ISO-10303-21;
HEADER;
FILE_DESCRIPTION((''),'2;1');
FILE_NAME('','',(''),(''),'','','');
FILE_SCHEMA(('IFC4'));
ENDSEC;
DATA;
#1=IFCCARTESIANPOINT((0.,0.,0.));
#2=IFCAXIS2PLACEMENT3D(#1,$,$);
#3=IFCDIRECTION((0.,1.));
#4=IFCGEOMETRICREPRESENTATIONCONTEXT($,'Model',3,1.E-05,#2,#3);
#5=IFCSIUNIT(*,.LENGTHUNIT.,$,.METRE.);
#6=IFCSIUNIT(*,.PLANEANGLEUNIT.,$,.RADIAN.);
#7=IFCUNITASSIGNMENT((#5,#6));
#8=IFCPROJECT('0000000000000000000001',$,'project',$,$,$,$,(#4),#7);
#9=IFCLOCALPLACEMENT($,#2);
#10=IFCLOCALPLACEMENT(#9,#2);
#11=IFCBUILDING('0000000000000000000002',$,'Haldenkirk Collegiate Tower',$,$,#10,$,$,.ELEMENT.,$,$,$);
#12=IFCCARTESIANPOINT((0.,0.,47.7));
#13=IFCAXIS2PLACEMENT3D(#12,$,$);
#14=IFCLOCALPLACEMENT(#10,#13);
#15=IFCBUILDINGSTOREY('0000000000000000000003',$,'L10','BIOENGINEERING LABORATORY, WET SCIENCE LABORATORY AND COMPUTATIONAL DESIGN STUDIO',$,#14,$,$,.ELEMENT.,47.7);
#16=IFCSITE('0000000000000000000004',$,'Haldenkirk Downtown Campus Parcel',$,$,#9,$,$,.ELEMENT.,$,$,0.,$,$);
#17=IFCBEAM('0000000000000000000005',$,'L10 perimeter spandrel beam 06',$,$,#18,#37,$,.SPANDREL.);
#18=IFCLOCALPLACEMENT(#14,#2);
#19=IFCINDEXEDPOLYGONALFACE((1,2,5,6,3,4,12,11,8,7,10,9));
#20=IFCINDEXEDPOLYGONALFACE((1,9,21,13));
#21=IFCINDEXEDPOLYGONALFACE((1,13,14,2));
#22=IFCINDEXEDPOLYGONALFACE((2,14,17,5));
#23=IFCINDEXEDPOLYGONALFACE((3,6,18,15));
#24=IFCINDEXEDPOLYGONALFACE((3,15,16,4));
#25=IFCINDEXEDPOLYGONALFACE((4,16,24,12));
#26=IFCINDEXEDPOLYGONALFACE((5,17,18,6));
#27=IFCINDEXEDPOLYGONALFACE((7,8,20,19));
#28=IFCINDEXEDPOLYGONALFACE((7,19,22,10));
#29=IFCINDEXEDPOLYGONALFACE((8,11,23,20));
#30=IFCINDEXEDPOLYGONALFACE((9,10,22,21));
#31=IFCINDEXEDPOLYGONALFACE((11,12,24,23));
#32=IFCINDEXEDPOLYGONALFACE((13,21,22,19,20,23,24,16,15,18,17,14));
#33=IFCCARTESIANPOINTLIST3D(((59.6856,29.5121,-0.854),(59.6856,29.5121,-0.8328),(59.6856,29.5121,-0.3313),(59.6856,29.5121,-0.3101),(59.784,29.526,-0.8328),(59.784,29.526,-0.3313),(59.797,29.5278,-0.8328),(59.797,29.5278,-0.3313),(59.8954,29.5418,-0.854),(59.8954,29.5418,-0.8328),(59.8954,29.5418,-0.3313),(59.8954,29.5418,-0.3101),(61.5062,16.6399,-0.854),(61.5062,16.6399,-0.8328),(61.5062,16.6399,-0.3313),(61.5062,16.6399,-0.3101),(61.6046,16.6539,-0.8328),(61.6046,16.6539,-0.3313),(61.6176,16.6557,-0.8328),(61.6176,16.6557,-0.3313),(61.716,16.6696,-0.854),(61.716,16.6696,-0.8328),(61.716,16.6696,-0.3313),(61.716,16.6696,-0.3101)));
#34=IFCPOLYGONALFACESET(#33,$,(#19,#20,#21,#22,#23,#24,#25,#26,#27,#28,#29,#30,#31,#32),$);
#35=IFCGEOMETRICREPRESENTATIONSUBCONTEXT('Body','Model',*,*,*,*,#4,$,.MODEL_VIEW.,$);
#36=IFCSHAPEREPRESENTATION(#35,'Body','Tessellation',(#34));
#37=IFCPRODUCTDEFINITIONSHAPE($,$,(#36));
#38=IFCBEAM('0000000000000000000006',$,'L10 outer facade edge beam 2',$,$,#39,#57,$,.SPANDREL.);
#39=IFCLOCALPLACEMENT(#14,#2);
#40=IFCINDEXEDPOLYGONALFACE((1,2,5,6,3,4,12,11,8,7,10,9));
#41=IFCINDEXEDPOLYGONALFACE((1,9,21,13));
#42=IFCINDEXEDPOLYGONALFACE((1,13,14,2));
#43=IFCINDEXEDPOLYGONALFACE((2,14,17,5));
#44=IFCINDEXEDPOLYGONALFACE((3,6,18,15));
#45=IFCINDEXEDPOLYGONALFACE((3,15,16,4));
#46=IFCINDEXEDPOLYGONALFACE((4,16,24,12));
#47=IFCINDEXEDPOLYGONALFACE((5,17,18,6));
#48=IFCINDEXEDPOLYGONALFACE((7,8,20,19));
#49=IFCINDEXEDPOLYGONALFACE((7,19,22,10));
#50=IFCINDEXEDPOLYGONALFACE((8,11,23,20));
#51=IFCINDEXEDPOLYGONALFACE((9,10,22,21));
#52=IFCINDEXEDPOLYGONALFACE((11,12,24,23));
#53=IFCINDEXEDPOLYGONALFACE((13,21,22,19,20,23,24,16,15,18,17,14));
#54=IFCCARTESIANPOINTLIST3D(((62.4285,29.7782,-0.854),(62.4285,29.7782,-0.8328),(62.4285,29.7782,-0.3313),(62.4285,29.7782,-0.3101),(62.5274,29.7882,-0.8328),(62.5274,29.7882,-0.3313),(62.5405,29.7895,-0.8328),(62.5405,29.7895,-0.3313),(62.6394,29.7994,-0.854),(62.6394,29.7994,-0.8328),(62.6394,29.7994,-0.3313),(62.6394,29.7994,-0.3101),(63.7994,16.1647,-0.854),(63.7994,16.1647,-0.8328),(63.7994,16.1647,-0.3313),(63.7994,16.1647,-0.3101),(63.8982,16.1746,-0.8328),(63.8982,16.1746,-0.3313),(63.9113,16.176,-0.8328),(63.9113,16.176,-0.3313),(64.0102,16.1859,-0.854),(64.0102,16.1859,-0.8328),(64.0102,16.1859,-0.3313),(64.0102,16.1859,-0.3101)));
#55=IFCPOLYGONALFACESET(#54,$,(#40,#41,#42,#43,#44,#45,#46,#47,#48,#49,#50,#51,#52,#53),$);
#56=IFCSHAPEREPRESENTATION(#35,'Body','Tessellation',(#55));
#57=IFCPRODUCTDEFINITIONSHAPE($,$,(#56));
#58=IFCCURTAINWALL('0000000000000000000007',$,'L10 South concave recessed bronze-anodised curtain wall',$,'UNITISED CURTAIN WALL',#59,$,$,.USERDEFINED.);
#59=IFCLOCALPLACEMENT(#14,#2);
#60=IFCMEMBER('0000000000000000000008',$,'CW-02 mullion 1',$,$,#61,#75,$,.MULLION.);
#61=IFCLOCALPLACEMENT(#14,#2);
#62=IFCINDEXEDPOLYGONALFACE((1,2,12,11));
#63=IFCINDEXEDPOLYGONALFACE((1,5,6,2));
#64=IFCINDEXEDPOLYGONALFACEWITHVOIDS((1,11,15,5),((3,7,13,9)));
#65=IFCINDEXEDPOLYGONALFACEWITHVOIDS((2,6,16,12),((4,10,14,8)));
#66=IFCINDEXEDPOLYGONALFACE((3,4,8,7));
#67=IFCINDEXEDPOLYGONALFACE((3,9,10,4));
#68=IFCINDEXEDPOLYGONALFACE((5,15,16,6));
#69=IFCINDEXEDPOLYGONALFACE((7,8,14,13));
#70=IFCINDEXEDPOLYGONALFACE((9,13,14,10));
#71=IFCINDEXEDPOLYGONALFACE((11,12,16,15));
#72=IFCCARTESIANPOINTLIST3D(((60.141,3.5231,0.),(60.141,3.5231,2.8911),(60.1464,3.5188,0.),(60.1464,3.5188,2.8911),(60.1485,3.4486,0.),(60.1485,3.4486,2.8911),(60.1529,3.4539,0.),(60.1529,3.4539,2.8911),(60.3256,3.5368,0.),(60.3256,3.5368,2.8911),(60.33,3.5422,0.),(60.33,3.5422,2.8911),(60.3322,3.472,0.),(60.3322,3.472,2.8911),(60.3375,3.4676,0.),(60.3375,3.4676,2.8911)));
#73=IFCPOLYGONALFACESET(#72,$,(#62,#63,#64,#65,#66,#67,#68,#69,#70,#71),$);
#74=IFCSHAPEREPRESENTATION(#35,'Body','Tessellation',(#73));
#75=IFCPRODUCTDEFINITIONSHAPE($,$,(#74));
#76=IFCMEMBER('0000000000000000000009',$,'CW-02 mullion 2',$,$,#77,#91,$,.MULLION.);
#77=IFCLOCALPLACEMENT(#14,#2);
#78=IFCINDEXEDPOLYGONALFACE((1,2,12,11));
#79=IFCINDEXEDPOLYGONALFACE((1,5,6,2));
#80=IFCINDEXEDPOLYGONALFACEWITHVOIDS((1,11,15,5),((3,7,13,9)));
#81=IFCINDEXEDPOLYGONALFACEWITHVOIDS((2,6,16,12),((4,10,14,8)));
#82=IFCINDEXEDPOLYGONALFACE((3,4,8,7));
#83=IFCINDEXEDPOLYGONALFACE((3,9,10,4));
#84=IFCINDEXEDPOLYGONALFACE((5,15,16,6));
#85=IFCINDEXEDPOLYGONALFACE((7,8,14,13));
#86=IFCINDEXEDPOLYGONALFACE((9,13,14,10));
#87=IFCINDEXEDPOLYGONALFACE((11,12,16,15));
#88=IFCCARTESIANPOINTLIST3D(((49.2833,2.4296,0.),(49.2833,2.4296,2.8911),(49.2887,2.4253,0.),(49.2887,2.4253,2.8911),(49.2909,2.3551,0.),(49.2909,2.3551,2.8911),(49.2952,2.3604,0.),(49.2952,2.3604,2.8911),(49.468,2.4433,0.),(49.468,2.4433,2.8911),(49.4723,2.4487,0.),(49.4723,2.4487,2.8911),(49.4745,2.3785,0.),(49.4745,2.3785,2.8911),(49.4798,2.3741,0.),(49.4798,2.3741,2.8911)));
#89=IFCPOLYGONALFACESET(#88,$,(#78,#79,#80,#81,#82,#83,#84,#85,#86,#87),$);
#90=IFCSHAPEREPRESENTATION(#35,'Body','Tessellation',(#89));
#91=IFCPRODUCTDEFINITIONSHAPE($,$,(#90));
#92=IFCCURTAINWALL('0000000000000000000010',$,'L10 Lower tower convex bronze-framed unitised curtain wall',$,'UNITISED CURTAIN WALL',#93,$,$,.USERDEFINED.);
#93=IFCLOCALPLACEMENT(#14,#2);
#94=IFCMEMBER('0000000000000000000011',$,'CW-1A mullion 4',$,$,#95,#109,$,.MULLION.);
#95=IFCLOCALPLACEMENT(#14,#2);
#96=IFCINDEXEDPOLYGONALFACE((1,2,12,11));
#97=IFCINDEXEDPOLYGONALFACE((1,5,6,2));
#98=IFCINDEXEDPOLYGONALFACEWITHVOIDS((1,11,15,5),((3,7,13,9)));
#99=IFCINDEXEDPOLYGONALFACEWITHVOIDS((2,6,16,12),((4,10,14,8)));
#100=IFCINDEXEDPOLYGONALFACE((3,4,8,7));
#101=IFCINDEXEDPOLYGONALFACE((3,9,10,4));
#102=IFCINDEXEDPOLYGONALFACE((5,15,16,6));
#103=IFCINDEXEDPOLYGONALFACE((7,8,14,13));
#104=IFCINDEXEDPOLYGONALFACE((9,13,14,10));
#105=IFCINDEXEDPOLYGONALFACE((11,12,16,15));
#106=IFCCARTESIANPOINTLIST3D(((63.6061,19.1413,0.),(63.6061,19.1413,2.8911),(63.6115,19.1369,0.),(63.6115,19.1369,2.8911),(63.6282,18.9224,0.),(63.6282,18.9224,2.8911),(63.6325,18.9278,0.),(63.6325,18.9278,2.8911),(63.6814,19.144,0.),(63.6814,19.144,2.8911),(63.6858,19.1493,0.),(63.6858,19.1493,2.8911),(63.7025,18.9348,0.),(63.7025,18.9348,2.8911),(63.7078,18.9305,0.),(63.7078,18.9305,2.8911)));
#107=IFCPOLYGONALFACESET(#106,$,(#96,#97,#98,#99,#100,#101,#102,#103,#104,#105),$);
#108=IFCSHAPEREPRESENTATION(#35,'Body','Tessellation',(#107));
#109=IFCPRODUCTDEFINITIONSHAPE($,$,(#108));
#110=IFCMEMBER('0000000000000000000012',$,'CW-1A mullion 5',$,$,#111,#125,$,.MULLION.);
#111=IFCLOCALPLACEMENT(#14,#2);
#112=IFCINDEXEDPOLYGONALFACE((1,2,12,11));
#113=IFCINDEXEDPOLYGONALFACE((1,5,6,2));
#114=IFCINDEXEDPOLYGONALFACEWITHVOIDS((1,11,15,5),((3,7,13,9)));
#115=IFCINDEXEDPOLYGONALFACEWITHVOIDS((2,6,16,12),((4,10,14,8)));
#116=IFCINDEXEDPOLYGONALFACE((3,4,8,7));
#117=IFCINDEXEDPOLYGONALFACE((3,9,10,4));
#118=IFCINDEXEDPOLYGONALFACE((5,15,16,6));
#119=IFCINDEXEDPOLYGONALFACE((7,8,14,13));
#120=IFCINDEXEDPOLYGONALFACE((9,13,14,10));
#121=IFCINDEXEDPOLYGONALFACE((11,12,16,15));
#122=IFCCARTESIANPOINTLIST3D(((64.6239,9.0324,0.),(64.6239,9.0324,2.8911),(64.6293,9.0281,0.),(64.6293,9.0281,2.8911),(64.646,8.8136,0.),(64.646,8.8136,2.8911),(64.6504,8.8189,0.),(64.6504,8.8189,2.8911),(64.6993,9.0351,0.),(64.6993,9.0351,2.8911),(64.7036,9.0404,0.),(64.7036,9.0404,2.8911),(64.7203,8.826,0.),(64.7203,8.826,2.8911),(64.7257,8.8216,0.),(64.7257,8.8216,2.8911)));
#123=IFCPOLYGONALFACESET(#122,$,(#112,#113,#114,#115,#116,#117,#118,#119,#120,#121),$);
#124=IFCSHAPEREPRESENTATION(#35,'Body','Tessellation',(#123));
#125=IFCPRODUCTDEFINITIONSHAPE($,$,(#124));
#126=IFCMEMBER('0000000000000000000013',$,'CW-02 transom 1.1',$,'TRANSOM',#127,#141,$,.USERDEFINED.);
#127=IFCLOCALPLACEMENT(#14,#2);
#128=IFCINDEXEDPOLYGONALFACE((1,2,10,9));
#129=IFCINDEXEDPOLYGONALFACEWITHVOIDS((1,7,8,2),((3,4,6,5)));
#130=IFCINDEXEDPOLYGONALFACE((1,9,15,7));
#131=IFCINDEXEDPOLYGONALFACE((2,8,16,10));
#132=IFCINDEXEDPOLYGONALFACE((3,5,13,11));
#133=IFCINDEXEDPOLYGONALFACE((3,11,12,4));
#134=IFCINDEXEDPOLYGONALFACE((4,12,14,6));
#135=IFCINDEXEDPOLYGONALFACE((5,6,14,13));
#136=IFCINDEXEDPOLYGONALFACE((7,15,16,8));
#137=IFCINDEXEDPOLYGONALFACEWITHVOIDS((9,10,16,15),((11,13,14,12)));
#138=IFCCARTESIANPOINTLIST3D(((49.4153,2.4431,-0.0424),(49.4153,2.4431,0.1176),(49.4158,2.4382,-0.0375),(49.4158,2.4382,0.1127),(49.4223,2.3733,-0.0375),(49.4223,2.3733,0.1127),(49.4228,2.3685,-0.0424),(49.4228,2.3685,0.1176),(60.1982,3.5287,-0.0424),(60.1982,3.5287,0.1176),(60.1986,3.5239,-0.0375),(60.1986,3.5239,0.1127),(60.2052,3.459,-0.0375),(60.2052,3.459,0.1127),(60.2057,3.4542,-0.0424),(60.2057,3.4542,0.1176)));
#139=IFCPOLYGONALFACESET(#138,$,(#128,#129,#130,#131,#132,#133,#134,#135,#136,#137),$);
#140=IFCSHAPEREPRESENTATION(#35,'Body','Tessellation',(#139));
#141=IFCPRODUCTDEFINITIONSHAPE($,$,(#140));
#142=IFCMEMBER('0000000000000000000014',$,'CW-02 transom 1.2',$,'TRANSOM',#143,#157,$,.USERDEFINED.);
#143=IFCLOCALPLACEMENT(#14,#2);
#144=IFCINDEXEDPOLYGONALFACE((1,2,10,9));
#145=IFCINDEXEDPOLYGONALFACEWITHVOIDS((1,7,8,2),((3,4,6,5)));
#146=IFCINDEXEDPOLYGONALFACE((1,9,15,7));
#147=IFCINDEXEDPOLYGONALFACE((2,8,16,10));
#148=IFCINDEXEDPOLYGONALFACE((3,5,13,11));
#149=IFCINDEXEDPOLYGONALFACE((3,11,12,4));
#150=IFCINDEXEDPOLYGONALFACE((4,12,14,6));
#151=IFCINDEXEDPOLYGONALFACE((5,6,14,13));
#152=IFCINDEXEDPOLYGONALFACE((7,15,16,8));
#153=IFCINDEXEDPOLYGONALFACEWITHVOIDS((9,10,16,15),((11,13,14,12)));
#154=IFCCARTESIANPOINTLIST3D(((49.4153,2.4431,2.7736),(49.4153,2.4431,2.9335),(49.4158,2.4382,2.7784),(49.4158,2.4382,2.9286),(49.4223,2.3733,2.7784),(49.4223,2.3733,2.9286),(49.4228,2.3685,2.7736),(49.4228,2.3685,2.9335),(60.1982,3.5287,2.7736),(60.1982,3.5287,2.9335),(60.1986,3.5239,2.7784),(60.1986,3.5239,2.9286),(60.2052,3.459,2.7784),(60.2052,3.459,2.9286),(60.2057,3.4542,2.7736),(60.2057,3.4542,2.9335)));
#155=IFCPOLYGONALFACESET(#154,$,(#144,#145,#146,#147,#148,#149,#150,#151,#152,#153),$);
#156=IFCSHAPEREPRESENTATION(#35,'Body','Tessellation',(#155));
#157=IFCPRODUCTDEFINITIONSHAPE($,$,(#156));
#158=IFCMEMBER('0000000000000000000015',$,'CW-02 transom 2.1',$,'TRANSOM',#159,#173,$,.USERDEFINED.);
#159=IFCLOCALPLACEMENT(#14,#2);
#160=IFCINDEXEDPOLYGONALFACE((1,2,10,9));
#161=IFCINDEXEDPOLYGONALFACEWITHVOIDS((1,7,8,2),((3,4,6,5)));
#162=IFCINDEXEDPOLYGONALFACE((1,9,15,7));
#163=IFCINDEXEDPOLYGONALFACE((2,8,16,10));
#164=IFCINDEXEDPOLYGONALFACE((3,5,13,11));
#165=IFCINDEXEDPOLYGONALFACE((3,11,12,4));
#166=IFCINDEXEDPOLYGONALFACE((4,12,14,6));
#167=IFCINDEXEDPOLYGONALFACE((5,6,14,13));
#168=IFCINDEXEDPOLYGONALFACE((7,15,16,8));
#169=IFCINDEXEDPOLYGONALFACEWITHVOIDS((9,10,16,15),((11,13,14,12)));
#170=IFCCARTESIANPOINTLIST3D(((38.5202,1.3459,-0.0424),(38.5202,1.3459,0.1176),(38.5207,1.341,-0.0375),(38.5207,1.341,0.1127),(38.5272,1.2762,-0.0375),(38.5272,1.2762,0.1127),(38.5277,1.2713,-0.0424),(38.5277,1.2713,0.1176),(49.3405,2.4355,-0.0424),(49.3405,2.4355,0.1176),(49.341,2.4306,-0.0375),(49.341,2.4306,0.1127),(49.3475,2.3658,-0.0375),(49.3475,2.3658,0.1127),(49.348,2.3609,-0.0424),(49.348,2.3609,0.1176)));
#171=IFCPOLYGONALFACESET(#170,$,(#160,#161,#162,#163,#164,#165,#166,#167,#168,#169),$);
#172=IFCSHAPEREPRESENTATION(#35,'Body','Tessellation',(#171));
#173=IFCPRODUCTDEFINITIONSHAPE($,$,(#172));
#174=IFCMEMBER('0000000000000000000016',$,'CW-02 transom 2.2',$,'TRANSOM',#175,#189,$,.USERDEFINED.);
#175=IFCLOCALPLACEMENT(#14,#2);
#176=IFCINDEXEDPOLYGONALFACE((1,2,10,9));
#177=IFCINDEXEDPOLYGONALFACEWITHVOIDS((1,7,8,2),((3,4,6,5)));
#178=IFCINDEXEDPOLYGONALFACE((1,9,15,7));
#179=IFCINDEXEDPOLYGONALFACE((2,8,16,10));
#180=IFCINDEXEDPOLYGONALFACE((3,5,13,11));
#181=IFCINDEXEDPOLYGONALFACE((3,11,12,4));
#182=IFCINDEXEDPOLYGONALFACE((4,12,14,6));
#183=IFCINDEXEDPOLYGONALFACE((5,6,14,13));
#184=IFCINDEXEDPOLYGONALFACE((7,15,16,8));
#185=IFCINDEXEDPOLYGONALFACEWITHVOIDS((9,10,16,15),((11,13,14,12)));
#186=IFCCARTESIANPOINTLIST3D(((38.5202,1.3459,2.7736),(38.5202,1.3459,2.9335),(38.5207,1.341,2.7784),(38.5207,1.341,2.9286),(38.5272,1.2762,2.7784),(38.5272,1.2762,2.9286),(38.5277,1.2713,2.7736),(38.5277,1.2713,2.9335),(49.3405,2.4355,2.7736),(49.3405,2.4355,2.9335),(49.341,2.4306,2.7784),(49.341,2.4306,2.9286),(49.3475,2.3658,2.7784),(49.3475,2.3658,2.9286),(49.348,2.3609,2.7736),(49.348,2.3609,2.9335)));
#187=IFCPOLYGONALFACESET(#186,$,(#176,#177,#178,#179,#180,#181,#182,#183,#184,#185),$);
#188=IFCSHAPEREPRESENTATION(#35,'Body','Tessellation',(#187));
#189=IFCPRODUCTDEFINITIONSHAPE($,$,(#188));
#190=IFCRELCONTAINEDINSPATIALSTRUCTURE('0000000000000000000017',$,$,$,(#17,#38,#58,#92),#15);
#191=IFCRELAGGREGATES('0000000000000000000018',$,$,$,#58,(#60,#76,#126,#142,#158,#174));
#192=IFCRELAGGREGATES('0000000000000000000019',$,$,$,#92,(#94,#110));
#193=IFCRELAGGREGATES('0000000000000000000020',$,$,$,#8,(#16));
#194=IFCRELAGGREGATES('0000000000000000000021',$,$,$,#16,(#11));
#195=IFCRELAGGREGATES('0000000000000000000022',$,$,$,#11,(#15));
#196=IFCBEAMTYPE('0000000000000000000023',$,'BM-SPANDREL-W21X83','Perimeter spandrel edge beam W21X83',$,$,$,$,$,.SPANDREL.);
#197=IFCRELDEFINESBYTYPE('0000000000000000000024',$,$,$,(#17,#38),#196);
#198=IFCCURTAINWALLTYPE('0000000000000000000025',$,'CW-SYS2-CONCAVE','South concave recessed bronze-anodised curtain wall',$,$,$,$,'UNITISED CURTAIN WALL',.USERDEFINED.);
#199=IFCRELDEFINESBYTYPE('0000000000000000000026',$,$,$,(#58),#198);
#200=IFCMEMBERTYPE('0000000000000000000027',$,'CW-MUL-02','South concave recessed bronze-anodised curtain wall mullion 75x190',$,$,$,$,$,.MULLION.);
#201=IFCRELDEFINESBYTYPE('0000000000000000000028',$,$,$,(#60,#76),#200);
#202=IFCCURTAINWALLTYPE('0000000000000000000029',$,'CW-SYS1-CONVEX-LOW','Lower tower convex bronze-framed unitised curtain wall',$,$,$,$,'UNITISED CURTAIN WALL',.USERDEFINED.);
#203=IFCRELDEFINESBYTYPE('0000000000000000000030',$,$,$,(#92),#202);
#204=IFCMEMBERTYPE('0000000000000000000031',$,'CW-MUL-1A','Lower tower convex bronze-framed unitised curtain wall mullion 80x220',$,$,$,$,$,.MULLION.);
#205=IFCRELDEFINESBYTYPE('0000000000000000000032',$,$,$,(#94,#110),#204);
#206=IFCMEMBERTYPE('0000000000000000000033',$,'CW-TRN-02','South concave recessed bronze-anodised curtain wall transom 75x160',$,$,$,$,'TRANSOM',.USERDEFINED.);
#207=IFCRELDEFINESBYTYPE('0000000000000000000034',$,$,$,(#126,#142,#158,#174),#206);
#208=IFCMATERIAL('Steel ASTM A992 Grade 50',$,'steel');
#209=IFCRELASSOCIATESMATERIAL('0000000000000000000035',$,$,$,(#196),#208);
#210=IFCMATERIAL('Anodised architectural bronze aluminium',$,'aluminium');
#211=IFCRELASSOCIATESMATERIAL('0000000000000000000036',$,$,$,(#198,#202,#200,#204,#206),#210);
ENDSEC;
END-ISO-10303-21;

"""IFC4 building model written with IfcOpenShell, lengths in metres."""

from ifc_helpers import new_model, si_unit, direction, frame, origin, origin_2d, place, context, subcontext, project, spatial, hollow_rectangle, i_section, extrude, material, material_profile, profile_set, type_object, element, aggregate, save


model = new_model("IFC4")

# Units and contexts
model_context = context("Model", 3, precision=1e-05, world=origin(), true_north=direction((0.0, 1.0)))
body_context = subcontext(model_context, "Body", "Model", "MODEL_VIEW")
ifc_project = project(units=[si_unit("LENGTHUNIT", "METRE"), si_unit("PLANEANGLEUNIT", "RADIAN")], contexts=[model_context])

# Site, building, storey
site_placement = place(None, origin())
site = spatial("IfcSite", under=ifc_project, at=site_placement, Name="Haldenkirk Downtown Campus Parcel", CompositionType="ELEMENT", RefElevation=0.0)
building_placement = place(site_placement, origin())
building = spatial("IfcBuilding", under=site, at=building_placement, Name="Haldenkirk Collegiate Tower", CompositionType="ELEMENT")
storey_placement = place(building_placement, frame((0.0, 0.0, 47.7)))
storey = spatial("IfcBuildingStorey", under=building, at=storey_placement, Name="L10", Description="BIOENGINEERING LABORATORY, WET SCIENCE LABORATORY AND COMPUTATIONAL DESIGN STUDIO", CompositionType="ELEMENT", Elevation=47.7)

# Beams
ifc_material_1 = material(Name="Steel ASTM A992 Grade 50", Category="steel")
ifc_material_profile_1 = material_profile(ifc_material_1, i_section(OverallWidth=0.2119, OverallDepth=0.5439, WebThickness=0.0132, FlangeThickness=0.0212, at=origin_2d()), Name="W21X83")
ifc_profile_set_1 = profile_set([ifc_material_profile_1], Name="Steel ASTM A992 Grade 50")
beam_type_1 = type_object("IfcBeamType", Name="BM-SPANDREL-W21X83", Description="Perimeter spandrel edge beam W21X83", PredefinedType="SPANDREL", material=ifc_profile_set_1)
beam_1_placement = place(storey_placement, frame((61.6111, 16.6548, -0.582), z_axis=(-0.140041, 0.990146, 0.0), x_axis=(-0.990146, -0.140041, 0.0)))
element("IfcBeam", 1, at=beam_1_placement, inside=storey, type_object=beam_type_1, Name="L10 perimeter spandrel beam 06", PredefinedType="SPANDREL", context=body_context, shape_type="SweptSolid", body=[
    extrude(i_section(OverallWidth=0.2119, OverallDepth=0.5439, WebThickness=0.0132, FlangeThickness=0.0212, at=origin_2d()), origin(), (0.0, 0.0, 1.0), 13.0002),
])
beam_2_placement = place(storey_placement, frame((63.9048, 16.1753, -0.582), z_axis=(-0.100191, 0.994968, 0.0), x_axis=(-0.994968, -0.100191, 0.0)))
element("IfcBeam", 2, at=beam_2_placement, inside=storey, type_object=beam_type_1, Name="L10 outer facade edge beam 2", PredefinedType="SPANDREL", context=body_context, shape_type="SweptSolid", body=[
    extrude(i_section(OverallWidth=0.2119, OverallDepth=0.5439, WebThickness=0.0132, FlangeThickness=0.0212, at=origin_2d()), origin(), (0.0, 0.0, 1.0), 13.6824),
])

# Curtain walls, members
ifc_material_2 = material(Name="Anodised architectural bronze aluminium", Category="aluminium")
curtain_wall_type_1 = type_object("IfcCurtainWallType", Name="CW-SYS2-CONCAVE", Description="South concave recessed bronze-anodised curtain wall", ElementType="UNITISED CURTAIN WALL", PredefinedType="USERDEFINED", material=ifc_material_2)
curtain_wall_1_placement = place(storey_placement, origin())
curtain_wall_1 = element("IfcCurtainWall", 3, at=curtain_wall_1_placement, inside=storey, type_object=curtain_wall_type_1, Name="L10 South concave recessed bronze-anodised curtain wall", ObjectType="UNITISED CURTAIN WALL", PredefinedType="USERDEFINED")
ifc_material_profile_2 = material_profile(ifc_material_2, hollow_rectangle(XDim=0.075, YDim=0.1899, WallThickness=0.0049, at=origin_2d()), Name="CW-MUL-02")
ifc_profile_set_2 = profile_set([ifc_material_profile_2], Name="Anodised architectural bronze aluminium")
member_type_1 = type_object("IfcMemberType", Name="CW-MUL-02", Description="South concave recessed bronze-anodised curtain wall mullion 75x190", PredefinedType="MULLION", material=ifc_profile_set_2)
member_1_placement = place(storey_placement, frame((60.2393, 3.4954, 0.0), z_axis=(0.0, 0.0, 1.0), x_axis=(0.100187, -0.994969, 0.0)))
member_1 = element("IfcMember", 4, at=member_1_placement, type_object=member_type_1, Name="CW-02 mullion 1", PredefinedType="MULLION", context=body_context, shape_type="SweptSolid", body=[
    extrude(hollow_rectangle(XDim=0.075, YDim=0.1899, WallThickness=0.0049, at=origin_2d()), origin(), (0.0, 0.0, 1.0), 2.8911),
])
member_2_placement = place(storey_placement, frame((49.3816, 2.4019, 0.0), z_axis=(0.0, 0.0, 1.0), x_axis=(0.100187, -0.994969, 0.0)))
member_2 = element("IfcMember", 5, at=member_2_placement, type_object=member_type_1, Name="CW-02 mullion 2", PredefinedType="MULLION", context=body_context, shape_type="SweptSolid", body=[
    extrude(hollow_rectangle(XDim=0.075, YDim=0.1899, WallThickness=0.0049, at=origin_2d()), origin(), (0.0, 0.0, 1.0), 2.8911),
])
curtain_wall_type_2 = type_object("IfcCurtainWallType", Name="CW-SYS1-CONVEX-LOW", Description="Lower tower convex bronze-framed unitised curtain wall", ElementType="UNITISED CURTAIN WALL", PredefinedType="USERDEFINED", material=ifc_material_2)
curtain_wall_2_placement = place(storey_placement, origin())
curtain_wall_2 = element("IfcCurtainWall", 6, at=curtain_wall_2_placement, inside=storey, type_object=curtain_wall_type_2, Name="L10 Lower tower convex bronze-framed unitised curtain wall", ObjectType="UNITISED CURTAIN WALL", PredefinedType="USERDEFINED")
ifc_material_profile_3 = material_profile(ifc_material_2, hollow_rectangle(XDim=0.0801, YDim=0.22, WallThickness=0.0049, at=origin_2d()), Name="CW-MUL-1A")
ifc_profile_set_3 = profile_set([ifc_material_profile_3], Name="Anodised architectural bronze aluminium")
member_type_2 = type_object("IfcMemberType", Name="CW-MUL-1A", Description="Lower tower convex bronze-framed unitised curtain wall mullion 80x220", PredefinedType="MULLION", material=ifc_profile_set_3)
member_3_placement = place(storey_placement, frame((63.657, 19.0359, 0.0), z_axis=(0.0, 0.0, 1.0), x_axis=(0.994969, 0.100186, 0.0)))
member_3 = element("IfcMember", 7, at=member_3_placement, type_object=member_type_2, Name="CW-1A mullion 4", PredefinedType="MULLION", context=body_context, shape_type="SweptSolid", body=[
    extrude(hollow_rectangle(XDim=0.0801, YDim=0.22, WallThickness=0.0049, at=origin_2d()), origin(), (0.0, 0.0, 1.0), 2.8911),
])
member_4_placement = place(storey_placement, frame((64.6748, 8.927, 0.0), z_axis=(0.0, 0.0, 1.0), x_axis=(0.994969, 0.100186, 0.0)))
member_4 = element("IfcMember", 8, at=member_4_placement, type_object=member_type_2, Name="CW-1A mullion 5", PredefinedType="MULLION", context=body_context, shape_type="SweptSolid", body=[
    extrude(hollow_rectangle(XDim=0.0801, YDim=0.22, WallThickness=0.0049, at=origin_2d()), origin(), (0.0, 0.0, 1.0), 2.8911),
])

# Members
ifc_material_profile_4 = material_profile(ifc_material_2, hollow_rectangle(XDim=0.075, YDim=0.1599, WallThickness=0.0049, at=origin_2d()), Name="CW-TRN-02")
ifc_profile_set_4 = profile_set([ifc_material_profile_4], Name="Anodised architectural bronze aluminium")
member_type_3 = type_object("IfcMemberType", Name="CW-TRN-02", Description="South concave recessed bronze-anodised curtain wall transom 75x160", ElementType="TRANSOM", PredefinedType="USERDEFINED", material=ifc_profile_set_4)
member_5_placement = place(storey_placement, frame((60.2019, 3.4915, 0.0376), z_axis=(-0.994969, -0.10018, 0.0), x_axis=(0.10018, -0.994969, 0.0)))
member_5 = element("IfcMember", 9, at=member_5_placement, type_object=member_type_3, Name="CW-02 transom 1.1", ObjectType="TRANSOM", PredefinedType="USERDEFINED", context=body_context, shape_type="SweptSolid", body=[
    extrude(hollow_rectangle(XDim=0.075, YDim=0.1599, WallThickness=0.0049, at=origin_2d()), origin(), (0.0, 0.0, 1.0), 10.8374),
])
member_6_placement = place(storey_placement, frame((60.2019, 3.4915, 2.8535), z_axis=(-0.994969, -0.10018, 0.0), x_axis=(0.10018, -0.994969, 0.0)))
member_6 = element("IfcMember", 10, at=member_6_placement, type_object=member_type_3, Name="CW-02 transom 1.2", ObjectType="TRANSOM", PredefinedType="USERDEFINED", context=body_context, shape_type="SweptSolid", body=[
    extrude(hollow_rectangle(XDim=0.075, YDim=0.1599, WallThickness=0.0049, at=origin_2d()), origin(), (0.0, 0.0, 1.0), 10.8374),
])
member_7_placement = place(storey_placement, frame((49.3442, 2.3982, 0.0376), z_axis=(-0.994968, -0.100193, 0.0), x_axis=(0.100193, -0.994968, 0.0)))
member_7 = element("IfcMember", 11, at=member_7_placement, type_object=member_type_3, Name="CW-02 transom 2.1", ObjectType="TRANSOM", PredefinedType="USERDEFINED", context=body_context, shape_type="SweptSolid", body=[
    extrude(hollow_rectangle(XDim=0.075, YDim=0.1599, WallThickness=0.0049, at=origin_2d()), origin(), (0.0, 0.0, 1.0), 10.875),
])
member_8_placement = place(storey_placement, frame((49.3442, 2.3982, 2.8535), z_axis=(-0.994968, -0.100193, 0.0), x_axis=(0.100193, -0.994968, 0.0)))
member_8 = element("IfcMember", 12, at=member_8_placement, type_object=member_type_3, Name="CW-02 transom 2.2", ObjectType="TRANSOM", PredefinedType="USERDEFINED", context=body_context, shape_type="SweptSolid", body=[
    extrude(hollow_rectangle(XDim=0.075, YDim=0.1599, WallThickness=0.0049, at=origin_2d()), origin(), (0.0, 0.0, 1.0), 10.875),
])

aggregate(curtain_wall_1, [member_1, member_2, member_5, member_6, member_7, member_8])
aggregate(curtain_wall_2, [member_3, member_4])

save(model, "model.ifc")
